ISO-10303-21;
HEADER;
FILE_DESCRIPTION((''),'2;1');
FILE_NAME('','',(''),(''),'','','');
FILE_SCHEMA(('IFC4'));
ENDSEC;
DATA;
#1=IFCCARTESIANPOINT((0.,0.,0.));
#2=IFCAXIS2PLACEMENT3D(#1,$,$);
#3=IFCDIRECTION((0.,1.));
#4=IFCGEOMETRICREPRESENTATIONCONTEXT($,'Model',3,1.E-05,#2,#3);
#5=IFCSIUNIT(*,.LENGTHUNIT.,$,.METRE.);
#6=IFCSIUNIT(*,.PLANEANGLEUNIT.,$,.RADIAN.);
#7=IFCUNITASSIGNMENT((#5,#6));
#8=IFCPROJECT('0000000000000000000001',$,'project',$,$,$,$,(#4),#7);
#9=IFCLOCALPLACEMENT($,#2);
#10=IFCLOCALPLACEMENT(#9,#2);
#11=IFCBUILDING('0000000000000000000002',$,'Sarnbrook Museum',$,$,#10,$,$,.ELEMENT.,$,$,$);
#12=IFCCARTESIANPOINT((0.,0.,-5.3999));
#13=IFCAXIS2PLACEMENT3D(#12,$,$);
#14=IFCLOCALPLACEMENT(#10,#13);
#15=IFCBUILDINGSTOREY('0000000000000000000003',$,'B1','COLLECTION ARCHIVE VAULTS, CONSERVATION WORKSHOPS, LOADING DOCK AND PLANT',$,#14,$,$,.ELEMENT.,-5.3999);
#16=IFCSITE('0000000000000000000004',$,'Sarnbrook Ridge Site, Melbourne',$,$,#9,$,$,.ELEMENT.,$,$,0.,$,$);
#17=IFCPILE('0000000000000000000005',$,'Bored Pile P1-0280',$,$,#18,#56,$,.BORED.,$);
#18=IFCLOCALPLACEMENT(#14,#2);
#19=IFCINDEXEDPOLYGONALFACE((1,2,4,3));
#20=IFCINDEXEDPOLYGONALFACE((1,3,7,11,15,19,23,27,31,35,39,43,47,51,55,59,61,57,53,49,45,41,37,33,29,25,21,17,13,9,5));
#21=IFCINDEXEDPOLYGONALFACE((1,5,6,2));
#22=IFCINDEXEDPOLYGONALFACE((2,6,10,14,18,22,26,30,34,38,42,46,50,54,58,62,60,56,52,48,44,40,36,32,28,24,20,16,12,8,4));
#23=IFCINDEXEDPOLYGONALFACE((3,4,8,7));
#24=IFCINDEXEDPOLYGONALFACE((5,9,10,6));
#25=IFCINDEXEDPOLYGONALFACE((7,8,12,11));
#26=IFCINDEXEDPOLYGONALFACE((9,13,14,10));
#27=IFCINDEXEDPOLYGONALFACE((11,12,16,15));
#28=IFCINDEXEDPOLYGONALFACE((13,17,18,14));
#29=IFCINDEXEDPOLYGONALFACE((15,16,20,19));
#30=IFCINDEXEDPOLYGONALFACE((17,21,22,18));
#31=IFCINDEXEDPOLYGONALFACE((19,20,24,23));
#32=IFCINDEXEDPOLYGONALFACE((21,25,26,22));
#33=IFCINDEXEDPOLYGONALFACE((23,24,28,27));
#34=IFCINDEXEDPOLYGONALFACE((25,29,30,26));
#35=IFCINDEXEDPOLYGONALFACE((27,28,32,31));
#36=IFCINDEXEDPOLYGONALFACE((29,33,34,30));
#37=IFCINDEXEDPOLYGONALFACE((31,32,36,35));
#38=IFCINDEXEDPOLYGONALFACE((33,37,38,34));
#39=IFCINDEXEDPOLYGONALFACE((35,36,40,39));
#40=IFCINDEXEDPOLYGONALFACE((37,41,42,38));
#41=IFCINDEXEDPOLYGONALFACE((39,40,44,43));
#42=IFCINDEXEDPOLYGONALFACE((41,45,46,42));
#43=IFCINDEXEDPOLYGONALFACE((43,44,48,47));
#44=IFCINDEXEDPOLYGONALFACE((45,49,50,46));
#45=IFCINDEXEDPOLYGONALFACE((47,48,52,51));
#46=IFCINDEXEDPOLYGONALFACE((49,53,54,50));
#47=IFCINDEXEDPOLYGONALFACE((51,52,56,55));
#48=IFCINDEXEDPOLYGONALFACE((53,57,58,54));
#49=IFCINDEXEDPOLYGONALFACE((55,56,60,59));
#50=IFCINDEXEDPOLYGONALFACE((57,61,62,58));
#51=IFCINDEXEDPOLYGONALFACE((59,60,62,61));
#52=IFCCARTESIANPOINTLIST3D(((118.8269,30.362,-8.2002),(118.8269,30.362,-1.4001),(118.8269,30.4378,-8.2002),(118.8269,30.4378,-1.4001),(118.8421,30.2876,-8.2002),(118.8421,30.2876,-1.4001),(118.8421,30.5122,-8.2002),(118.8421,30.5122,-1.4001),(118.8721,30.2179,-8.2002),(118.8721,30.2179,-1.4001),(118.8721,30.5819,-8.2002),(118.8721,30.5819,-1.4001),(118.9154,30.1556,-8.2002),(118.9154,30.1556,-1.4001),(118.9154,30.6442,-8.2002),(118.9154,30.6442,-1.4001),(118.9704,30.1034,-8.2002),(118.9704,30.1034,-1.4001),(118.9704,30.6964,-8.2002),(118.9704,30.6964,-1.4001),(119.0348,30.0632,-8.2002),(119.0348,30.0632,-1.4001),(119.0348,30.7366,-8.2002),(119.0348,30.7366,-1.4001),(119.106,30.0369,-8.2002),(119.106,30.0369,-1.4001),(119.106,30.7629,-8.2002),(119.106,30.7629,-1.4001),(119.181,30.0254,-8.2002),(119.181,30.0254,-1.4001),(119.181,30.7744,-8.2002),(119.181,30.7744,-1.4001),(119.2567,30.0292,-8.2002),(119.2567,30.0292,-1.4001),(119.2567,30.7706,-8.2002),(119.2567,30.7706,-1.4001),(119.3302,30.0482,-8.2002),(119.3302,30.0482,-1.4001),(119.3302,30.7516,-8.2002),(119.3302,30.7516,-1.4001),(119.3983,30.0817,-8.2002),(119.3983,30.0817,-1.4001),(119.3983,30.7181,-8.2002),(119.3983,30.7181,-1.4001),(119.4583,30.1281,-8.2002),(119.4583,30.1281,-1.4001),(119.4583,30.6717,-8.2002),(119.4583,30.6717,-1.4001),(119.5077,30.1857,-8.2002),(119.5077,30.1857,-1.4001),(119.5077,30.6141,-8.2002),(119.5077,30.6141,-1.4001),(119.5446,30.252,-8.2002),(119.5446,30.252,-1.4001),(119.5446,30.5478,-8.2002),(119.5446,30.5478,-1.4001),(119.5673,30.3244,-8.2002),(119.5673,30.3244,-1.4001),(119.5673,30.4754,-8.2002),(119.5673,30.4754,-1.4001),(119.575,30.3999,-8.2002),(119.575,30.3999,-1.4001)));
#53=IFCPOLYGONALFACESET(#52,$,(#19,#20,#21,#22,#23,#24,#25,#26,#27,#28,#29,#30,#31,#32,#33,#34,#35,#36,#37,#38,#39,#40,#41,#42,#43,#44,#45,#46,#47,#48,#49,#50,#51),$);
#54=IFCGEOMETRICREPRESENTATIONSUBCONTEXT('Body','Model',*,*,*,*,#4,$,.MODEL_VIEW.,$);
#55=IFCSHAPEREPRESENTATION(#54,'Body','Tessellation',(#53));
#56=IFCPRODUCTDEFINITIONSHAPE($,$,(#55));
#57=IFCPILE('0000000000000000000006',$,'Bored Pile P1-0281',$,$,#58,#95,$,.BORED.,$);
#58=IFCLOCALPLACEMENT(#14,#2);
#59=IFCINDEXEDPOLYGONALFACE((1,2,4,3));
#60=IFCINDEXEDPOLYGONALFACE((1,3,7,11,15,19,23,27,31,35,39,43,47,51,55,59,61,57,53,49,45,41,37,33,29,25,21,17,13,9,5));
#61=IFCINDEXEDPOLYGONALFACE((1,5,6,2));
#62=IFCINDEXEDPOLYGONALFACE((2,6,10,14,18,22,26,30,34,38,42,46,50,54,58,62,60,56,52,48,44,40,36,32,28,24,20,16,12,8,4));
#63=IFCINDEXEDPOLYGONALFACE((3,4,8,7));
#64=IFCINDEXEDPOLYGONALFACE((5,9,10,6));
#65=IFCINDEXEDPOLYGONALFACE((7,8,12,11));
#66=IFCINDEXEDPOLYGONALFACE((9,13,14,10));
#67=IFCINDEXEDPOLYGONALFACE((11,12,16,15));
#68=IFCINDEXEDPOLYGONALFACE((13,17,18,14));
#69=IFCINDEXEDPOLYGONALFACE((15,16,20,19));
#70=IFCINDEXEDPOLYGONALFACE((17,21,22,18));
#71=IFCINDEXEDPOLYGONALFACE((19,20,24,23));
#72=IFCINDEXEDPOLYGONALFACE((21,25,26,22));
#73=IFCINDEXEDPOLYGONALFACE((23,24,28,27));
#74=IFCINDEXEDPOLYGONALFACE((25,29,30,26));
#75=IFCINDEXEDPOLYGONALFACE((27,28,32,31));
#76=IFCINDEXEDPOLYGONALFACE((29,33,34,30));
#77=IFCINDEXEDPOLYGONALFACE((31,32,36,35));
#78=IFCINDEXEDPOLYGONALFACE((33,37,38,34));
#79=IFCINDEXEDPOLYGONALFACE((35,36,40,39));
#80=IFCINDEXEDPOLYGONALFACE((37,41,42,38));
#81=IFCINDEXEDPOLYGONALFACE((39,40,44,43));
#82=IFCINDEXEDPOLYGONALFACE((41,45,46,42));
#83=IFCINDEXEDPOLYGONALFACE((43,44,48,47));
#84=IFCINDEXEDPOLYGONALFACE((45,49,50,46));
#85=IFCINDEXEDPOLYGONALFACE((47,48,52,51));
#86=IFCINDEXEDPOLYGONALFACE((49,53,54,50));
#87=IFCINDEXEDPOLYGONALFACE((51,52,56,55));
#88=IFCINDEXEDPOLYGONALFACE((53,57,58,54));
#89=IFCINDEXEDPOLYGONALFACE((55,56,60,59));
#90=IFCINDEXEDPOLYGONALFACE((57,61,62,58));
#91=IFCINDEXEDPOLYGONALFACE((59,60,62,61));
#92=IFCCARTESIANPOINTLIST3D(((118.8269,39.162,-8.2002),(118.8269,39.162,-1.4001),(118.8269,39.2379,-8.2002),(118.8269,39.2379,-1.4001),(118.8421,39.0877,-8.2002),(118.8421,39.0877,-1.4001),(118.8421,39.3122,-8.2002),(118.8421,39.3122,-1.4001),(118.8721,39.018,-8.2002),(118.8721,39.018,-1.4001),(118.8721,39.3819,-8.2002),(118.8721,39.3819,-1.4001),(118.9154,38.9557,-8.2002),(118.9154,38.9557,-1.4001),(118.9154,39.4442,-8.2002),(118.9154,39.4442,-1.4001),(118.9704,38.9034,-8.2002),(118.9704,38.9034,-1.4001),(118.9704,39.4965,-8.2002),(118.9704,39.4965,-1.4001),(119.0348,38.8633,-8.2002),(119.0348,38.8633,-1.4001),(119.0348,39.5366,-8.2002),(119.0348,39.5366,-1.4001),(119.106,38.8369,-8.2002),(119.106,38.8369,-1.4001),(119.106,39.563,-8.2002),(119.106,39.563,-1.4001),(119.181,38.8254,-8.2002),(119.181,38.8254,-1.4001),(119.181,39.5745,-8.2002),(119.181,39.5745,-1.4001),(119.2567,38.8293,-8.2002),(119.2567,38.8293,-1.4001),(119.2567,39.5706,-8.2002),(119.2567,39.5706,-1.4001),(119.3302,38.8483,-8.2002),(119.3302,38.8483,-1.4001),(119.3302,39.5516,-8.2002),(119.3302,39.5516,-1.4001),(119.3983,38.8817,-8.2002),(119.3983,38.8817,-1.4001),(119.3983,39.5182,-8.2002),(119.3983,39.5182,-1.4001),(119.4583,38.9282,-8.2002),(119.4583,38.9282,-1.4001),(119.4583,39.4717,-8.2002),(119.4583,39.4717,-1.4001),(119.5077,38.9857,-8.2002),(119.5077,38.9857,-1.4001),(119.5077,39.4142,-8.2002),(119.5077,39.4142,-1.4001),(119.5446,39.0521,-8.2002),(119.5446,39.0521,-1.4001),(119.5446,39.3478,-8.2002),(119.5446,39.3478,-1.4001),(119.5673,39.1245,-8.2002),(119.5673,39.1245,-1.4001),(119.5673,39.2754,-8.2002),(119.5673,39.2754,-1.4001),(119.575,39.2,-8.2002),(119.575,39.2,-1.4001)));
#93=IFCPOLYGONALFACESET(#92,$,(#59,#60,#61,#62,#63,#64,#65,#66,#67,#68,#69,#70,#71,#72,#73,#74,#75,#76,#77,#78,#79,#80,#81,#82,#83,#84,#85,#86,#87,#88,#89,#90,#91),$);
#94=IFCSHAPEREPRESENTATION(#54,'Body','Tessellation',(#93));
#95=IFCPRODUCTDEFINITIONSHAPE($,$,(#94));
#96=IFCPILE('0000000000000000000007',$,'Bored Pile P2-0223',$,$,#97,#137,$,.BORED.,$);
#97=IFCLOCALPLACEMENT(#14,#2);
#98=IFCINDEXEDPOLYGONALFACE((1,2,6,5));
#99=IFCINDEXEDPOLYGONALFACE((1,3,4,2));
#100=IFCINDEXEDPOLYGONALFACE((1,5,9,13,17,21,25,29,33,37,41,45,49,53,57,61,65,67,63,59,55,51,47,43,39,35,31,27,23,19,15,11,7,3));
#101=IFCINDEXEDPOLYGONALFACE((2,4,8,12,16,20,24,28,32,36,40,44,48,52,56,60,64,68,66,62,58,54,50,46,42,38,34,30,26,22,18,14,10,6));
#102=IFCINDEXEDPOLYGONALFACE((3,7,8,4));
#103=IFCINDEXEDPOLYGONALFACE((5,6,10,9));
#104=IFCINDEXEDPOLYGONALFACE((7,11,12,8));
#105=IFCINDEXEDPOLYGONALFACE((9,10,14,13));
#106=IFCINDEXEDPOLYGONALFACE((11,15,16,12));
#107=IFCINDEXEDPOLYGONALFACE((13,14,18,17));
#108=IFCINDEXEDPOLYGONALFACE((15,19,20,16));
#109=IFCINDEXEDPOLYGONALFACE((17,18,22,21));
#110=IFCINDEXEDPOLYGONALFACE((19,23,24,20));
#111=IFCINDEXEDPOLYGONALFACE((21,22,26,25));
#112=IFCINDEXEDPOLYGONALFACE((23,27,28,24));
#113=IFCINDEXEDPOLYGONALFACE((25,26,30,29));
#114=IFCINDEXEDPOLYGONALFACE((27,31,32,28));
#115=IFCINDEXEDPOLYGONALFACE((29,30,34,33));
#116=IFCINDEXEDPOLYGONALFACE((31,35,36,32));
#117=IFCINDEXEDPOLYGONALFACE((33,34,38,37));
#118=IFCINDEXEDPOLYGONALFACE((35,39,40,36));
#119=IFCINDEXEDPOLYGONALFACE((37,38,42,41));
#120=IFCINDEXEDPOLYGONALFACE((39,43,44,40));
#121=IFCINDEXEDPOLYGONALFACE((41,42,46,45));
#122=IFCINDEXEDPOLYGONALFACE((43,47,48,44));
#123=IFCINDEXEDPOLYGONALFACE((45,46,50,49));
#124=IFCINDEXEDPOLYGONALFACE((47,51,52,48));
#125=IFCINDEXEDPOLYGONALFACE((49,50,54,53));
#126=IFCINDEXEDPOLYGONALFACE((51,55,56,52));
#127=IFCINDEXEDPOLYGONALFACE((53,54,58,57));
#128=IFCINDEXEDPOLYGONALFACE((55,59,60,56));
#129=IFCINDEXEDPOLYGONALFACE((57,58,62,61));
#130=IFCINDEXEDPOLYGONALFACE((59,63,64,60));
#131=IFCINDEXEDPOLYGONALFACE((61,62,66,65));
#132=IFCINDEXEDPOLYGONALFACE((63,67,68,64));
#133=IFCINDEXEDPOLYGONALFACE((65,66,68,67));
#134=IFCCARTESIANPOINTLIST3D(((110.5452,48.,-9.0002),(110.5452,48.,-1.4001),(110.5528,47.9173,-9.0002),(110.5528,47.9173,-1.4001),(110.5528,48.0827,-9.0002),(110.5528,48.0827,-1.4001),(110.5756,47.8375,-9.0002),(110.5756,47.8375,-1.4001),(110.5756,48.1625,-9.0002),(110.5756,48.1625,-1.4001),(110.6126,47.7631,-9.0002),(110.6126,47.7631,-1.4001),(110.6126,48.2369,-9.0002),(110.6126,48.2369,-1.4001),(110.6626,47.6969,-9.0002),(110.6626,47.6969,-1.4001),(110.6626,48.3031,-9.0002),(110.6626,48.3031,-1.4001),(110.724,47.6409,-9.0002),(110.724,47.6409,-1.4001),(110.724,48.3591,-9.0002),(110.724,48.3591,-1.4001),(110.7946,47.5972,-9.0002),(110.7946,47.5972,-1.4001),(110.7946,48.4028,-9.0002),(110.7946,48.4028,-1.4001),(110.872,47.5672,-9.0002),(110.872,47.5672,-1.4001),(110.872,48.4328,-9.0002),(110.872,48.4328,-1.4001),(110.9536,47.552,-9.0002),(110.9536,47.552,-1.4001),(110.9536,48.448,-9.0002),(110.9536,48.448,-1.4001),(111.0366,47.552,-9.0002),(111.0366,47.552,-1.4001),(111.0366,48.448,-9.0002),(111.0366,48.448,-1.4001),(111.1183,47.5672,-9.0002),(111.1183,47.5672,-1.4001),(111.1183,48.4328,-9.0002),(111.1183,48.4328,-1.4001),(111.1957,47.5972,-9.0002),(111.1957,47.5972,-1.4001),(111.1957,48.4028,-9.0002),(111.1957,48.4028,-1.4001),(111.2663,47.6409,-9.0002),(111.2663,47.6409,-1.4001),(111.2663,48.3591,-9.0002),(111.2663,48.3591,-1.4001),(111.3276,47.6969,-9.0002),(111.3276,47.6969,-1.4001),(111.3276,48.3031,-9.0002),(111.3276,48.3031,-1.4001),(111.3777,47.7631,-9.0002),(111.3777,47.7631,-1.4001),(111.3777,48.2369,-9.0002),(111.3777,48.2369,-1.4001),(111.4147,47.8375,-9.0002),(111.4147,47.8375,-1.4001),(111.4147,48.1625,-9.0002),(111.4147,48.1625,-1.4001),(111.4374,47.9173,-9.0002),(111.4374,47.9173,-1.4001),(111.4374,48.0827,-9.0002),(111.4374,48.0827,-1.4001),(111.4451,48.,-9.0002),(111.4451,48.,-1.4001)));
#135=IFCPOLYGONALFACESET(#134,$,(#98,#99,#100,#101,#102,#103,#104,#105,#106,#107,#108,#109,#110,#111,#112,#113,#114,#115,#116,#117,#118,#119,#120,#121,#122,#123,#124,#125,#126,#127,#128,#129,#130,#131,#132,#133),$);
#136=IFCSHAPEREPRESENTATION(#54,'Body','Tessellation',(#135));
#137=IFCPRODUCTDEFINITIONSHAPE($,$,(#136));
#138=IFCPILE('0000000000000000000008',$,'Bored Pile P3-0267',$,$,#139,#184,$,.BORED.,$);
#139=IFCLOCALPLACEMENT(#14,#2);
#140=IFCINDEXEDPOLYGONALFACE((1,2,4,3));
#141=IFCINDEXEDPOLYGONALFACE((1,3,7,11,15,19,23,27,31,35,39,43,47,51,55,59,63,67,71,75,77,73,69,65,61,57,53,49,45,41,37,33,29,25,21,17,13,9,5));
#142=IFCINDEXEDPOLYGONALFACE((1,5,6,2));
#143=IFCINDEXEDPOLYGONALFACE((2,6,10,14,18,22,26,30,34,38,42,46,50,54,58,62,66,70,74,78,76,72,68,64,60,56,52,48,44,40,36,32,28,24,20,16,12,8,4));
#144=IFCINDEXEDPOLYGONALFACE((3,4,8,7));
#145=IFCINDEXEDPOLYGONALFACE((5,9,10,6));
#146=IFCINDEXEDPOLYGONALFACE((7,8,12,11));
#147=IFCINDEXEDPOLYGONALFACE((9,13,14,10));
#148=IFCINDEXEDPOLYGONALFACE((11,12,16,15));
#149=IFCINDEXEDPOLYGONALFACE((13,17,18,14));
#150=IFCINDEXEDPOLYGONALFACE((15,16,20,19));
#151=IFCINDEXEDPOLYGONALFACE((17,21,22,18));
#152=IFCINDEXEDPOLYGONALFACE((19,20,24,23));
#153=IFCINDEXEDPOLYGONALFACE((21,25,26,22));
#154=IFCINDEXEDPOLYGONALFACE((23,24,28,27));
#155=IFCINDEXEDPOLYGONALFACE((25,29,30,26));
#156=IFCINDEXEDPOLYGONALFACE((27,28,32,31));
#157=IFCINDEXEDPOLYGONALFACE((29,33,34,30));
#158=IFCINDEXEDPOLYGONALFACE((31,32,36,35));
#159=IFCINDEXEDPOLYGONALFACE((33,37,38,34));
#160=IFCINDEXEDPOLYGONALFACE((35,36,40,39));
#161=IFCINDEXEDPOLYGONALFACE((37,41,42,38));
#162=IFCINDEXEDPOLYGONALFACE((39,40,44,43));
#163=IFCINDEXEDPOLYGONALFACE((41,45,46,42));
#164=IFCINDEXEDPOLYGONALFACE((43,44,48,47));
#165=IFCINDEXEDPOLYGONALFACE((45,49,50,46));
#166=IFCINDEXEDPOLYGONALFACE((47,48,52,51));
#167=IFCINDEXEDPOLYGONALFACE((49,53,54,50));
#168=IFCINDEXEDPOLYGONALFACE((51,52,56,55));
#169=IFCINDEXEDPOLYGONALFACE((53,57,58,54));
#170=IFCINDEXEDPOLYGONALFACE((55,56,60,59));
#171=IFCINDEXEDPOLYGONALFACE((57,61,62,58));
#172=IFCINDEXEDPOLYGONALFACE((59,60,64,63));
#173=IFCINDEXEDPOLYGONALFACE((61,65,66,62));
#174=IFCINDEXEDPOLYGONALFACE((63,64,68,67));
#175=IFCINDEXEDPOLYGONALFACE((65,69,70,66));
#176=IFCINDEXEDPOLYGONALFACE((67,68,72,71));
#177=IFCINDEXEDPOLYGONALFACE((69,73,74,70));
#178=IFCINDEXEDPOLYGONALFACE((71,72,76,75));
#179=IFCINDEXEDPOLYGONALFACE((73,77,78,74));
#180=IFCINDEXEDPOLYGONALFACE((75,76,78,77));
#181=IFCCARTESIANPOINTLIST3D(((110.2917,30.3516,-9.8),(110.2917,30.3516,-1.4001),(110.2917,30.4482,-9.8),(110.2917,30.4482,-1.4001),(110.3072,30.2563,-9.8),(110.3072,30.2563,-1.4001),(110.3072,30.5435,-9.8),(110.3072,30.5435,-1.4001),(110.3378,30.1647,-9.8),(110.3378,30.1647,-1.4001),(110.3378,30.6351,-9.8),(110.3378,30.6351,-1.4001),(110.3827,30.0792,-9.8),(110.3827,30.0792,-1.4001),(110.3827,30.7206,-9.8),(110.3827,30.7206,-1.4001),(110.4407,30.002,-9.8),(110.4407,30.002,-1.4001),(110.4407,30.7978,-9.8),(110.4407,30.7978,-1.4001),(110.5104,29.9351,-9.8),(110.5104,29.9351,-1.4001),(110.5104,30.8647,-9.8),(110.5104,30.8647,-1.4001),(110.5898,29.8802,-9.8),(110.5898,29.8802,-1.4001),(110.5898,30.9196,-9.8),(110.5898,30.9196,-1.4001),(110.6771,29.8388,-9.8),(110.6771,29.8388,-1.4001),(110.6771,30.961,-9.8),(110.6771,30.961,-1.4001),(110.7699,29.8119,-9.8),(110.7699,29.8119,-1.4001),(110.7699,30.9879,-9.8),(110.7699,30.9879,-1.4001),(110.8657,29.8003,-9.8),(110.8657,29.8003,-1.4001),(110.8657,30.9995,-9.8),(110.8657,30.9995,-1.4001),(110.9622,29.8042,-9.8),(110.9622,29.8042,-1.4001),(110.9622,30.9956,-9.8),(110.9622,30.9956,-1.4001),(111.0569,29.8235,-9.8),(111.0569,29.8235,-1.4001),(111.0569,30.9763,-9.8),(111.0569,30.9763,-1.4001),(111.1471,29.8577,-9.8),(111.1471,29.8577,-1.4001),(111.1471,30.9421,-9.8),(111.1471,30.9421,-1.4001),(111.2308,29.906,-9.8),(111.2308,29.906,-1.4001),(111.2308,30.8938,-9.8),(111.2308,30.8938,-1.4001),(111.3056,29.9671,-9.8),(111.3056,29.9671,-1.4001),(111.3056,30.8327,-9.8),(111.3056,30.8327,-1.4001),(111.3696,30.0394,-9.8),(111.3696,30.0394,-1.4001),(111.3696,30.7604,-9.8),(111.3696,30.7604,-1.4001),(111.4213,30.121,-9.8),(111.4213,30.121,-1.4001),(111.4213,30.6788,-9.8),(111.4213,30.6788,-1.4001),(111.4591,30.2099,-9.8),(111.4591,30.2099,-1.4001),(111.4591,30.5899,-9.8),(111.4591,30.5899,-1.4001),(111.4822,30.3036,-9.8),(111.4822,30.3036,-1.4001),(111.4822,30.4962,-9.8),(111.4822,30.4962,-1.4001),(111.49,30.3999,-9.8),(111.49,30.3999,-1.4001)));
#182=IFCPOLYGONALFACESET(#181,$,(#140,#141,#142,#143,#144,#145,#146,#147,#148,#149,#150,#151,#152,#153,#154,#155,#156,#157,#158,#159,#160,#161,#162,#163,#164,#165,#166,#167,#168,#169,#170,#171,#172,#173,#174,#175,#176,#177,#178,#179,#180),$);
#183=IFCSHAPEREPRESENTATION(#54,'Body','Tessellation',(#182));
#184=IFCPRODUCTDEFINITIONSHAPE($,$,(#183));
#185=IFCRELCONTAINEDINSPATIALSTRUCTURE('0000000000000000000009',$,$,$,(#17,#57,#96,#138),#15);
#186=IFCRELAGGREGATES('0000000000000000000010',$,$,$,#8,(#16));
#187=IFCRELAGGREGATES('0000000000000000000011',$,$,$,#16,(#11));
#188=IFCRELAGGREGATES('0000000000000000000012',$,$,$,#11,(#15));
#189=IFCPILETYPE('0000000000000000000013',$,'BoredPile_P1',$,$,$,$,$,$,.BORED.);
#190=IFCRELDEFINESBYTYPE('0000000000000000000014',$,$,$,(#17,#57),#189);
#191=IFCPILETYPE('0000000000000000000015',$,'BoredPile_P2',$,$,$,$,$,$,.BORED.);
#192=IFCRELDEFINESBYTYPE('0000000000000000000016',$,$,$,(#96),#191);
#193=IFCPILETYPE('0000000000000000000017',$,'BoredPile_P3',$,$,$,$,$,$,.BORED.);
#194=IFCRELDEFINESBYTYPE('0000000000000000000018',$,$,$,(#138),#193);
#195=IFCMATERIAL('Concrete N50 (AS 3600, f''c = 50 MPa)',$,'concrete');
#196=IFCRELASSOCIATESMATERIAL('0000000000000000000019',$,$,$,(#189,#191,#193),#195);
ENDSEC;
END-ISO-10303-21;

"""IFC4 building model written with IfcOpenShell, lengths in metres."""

from ifc_helpers import new_model, si_unit, direction, frame, origin, origin_2d, place, context, subcontext, project, spatial, circle, extrude, material, material_profile, profile_set, type_object, element, save


model = new_model("IFC4")

# Units and contexts
model_context = context("Model", 3, precision=1e-05, world=origin(), true_north=direction((0.0, 1.0)))
body_context = subcontext(model_context, "Body", "Model", "MODEL_VIEW")
ifc_project = project(units=[si_unit("LENGTHUNIT", "METRE"), si_unit("PLANEANGLEUNIT", "RADIAN")], contexts=[model_context])

# Site, building, storey
site_placement = place(None, origin())
site = spatial("IfcSite", under=ifc_project, at=site_placement, Name="Sarnbrook Ridge Site, Melbourne", CompositionType="ELEMENT", RefElevation=0.0)
building_placement = place(site_placement, origin())
building = spatial("IfcBuilding", under=site, at=building_placement, Name="Sarnbrook Museum", CompositionType="ELEMENT")
storey_placement = place(building_placement, frame((0.0, 0.0, -5.3999)))
storey = spatial("IfcBuildingStorey", under=building, at=storey_placement, Name="B1", Description="COLLECTION ARCHIVE VAULTS, CONSERVATION WORKSHOPS, LOADING DOCK AND PLANT", CompositionType="ELEMENT", Elevation=-5.3999)

# Piles
ifc_material_1 = material(Name="Concrete N50 (AS 3600, f'c = 50 MPa)", Category="concrete")
ifc_material_profile_1 = material_profile(ifc_material_1, circle(Radius=0.375, at=origin_2d()), Name="BORED PILE D750")
ifc_profile_set_1 = profile_set([ifc_material_profile_1], Name="Concrete N50 (AS 3600, f'c = 50 MPa)")
pile_type_1 = type_object("IfcPileType", Name="BoredPile_P1", PredefinedType="BORED", material=ifc_profile_set_1)
for number, where, z_axis, x_axis, name in (
    (1, (119.2, 30.3999, -1.4001), (0.0, 0.0, -1.0), (1.0, 0.0, 0.0), "Bored Pile P1-0280"),
    (2, (119.2, 39.2, -1.4001), (0.0, 0.0, -1.0), (1.0, 0.0, 0.0), "Bored Pile P1-0281"),
):
    element("IfcPile", number, at=place(storey_placement, frame(where, z_axis=z_axis, x_axis=x_axis)), inside=storey, type_object=pile_type_1, Name=name, PredefinedType="BORED", context=body_context, shape_type="SweptSolid", body=[
        extrude(circle(Radius=0.375, at=origin_2d()), origin(), (0.0, 0.0, 1.0), 6.8),
    ])
ifc_material_profile_2 = material_profile(ifc_material_1, circle(Radius=0.45, at=origin_2d()), Name="BORED PILE D900")
ifc_profile_set_2 = profile_set([ifc_material_profile_2], Name="Concrete N50 (AS 3600, f'c = 50 MPa)")
pile_type_2 = type_object("IfcPileType", Name="BoredPile_P2", PredefinedType="BORED", material=ifc_profile_set_2)
pile_placement = place(storey_placement, frame((110.9951, 48.0, -1.4001), z_axis=(0.0, 0.0, -1.0), x_axis=(1.0, 0.0, 0.0)))
element("IfcPile", 3, at=pile_placement, inside=storey, type_object=pile_type_2, Name="Bored Pile P2-0223", PredefinedType="BORED", context=body_context, shape_type="SweptSolid", body=[
    extrude(circle(Radius=0.45, at=origin_2d()), origin(), (0.0, 0.0, 1.0), 7.6001),
])
ifc_material_profile_3 = material_profile(ifc_material_1, circle(Radius=0.6001, at=origin_2d()), Name="BORED PILE D1200")
ifc_profile_set_3 = profile_set([ifc_material_profile_3], Name="Concrete N50 (AS 3600, f'c = 50 MPa)")
pile_type_3 = type_object("IfcPileType", Name="BoredPile_P3", PredefinedType="BORED", material=ifc_profile_set_3)
for number, where, z_axis, x_axis, name in (
    (4, (110.8899, 30.3999, -1.4001), (0.0, 0.0, -1.0), (1.0, 0.0, 0.0), "Bored Pile P3-0267"),
):
    element("IfcPile", number, at=place(storey_placement, frame(where, z_axis=z_axis, x_axis=x_axis)), inside=storey, type_object=pile_type_3, Name=name, PredefinedType="BORED", context=body_context, shape_type="SweptSolid", body=[
        extrude(circle(Radius=0.6001, at=origin_2d()), origin(), (0.0, 0.0, 1.0), 8.3999),
    ])

save(model, "model.ifc")
